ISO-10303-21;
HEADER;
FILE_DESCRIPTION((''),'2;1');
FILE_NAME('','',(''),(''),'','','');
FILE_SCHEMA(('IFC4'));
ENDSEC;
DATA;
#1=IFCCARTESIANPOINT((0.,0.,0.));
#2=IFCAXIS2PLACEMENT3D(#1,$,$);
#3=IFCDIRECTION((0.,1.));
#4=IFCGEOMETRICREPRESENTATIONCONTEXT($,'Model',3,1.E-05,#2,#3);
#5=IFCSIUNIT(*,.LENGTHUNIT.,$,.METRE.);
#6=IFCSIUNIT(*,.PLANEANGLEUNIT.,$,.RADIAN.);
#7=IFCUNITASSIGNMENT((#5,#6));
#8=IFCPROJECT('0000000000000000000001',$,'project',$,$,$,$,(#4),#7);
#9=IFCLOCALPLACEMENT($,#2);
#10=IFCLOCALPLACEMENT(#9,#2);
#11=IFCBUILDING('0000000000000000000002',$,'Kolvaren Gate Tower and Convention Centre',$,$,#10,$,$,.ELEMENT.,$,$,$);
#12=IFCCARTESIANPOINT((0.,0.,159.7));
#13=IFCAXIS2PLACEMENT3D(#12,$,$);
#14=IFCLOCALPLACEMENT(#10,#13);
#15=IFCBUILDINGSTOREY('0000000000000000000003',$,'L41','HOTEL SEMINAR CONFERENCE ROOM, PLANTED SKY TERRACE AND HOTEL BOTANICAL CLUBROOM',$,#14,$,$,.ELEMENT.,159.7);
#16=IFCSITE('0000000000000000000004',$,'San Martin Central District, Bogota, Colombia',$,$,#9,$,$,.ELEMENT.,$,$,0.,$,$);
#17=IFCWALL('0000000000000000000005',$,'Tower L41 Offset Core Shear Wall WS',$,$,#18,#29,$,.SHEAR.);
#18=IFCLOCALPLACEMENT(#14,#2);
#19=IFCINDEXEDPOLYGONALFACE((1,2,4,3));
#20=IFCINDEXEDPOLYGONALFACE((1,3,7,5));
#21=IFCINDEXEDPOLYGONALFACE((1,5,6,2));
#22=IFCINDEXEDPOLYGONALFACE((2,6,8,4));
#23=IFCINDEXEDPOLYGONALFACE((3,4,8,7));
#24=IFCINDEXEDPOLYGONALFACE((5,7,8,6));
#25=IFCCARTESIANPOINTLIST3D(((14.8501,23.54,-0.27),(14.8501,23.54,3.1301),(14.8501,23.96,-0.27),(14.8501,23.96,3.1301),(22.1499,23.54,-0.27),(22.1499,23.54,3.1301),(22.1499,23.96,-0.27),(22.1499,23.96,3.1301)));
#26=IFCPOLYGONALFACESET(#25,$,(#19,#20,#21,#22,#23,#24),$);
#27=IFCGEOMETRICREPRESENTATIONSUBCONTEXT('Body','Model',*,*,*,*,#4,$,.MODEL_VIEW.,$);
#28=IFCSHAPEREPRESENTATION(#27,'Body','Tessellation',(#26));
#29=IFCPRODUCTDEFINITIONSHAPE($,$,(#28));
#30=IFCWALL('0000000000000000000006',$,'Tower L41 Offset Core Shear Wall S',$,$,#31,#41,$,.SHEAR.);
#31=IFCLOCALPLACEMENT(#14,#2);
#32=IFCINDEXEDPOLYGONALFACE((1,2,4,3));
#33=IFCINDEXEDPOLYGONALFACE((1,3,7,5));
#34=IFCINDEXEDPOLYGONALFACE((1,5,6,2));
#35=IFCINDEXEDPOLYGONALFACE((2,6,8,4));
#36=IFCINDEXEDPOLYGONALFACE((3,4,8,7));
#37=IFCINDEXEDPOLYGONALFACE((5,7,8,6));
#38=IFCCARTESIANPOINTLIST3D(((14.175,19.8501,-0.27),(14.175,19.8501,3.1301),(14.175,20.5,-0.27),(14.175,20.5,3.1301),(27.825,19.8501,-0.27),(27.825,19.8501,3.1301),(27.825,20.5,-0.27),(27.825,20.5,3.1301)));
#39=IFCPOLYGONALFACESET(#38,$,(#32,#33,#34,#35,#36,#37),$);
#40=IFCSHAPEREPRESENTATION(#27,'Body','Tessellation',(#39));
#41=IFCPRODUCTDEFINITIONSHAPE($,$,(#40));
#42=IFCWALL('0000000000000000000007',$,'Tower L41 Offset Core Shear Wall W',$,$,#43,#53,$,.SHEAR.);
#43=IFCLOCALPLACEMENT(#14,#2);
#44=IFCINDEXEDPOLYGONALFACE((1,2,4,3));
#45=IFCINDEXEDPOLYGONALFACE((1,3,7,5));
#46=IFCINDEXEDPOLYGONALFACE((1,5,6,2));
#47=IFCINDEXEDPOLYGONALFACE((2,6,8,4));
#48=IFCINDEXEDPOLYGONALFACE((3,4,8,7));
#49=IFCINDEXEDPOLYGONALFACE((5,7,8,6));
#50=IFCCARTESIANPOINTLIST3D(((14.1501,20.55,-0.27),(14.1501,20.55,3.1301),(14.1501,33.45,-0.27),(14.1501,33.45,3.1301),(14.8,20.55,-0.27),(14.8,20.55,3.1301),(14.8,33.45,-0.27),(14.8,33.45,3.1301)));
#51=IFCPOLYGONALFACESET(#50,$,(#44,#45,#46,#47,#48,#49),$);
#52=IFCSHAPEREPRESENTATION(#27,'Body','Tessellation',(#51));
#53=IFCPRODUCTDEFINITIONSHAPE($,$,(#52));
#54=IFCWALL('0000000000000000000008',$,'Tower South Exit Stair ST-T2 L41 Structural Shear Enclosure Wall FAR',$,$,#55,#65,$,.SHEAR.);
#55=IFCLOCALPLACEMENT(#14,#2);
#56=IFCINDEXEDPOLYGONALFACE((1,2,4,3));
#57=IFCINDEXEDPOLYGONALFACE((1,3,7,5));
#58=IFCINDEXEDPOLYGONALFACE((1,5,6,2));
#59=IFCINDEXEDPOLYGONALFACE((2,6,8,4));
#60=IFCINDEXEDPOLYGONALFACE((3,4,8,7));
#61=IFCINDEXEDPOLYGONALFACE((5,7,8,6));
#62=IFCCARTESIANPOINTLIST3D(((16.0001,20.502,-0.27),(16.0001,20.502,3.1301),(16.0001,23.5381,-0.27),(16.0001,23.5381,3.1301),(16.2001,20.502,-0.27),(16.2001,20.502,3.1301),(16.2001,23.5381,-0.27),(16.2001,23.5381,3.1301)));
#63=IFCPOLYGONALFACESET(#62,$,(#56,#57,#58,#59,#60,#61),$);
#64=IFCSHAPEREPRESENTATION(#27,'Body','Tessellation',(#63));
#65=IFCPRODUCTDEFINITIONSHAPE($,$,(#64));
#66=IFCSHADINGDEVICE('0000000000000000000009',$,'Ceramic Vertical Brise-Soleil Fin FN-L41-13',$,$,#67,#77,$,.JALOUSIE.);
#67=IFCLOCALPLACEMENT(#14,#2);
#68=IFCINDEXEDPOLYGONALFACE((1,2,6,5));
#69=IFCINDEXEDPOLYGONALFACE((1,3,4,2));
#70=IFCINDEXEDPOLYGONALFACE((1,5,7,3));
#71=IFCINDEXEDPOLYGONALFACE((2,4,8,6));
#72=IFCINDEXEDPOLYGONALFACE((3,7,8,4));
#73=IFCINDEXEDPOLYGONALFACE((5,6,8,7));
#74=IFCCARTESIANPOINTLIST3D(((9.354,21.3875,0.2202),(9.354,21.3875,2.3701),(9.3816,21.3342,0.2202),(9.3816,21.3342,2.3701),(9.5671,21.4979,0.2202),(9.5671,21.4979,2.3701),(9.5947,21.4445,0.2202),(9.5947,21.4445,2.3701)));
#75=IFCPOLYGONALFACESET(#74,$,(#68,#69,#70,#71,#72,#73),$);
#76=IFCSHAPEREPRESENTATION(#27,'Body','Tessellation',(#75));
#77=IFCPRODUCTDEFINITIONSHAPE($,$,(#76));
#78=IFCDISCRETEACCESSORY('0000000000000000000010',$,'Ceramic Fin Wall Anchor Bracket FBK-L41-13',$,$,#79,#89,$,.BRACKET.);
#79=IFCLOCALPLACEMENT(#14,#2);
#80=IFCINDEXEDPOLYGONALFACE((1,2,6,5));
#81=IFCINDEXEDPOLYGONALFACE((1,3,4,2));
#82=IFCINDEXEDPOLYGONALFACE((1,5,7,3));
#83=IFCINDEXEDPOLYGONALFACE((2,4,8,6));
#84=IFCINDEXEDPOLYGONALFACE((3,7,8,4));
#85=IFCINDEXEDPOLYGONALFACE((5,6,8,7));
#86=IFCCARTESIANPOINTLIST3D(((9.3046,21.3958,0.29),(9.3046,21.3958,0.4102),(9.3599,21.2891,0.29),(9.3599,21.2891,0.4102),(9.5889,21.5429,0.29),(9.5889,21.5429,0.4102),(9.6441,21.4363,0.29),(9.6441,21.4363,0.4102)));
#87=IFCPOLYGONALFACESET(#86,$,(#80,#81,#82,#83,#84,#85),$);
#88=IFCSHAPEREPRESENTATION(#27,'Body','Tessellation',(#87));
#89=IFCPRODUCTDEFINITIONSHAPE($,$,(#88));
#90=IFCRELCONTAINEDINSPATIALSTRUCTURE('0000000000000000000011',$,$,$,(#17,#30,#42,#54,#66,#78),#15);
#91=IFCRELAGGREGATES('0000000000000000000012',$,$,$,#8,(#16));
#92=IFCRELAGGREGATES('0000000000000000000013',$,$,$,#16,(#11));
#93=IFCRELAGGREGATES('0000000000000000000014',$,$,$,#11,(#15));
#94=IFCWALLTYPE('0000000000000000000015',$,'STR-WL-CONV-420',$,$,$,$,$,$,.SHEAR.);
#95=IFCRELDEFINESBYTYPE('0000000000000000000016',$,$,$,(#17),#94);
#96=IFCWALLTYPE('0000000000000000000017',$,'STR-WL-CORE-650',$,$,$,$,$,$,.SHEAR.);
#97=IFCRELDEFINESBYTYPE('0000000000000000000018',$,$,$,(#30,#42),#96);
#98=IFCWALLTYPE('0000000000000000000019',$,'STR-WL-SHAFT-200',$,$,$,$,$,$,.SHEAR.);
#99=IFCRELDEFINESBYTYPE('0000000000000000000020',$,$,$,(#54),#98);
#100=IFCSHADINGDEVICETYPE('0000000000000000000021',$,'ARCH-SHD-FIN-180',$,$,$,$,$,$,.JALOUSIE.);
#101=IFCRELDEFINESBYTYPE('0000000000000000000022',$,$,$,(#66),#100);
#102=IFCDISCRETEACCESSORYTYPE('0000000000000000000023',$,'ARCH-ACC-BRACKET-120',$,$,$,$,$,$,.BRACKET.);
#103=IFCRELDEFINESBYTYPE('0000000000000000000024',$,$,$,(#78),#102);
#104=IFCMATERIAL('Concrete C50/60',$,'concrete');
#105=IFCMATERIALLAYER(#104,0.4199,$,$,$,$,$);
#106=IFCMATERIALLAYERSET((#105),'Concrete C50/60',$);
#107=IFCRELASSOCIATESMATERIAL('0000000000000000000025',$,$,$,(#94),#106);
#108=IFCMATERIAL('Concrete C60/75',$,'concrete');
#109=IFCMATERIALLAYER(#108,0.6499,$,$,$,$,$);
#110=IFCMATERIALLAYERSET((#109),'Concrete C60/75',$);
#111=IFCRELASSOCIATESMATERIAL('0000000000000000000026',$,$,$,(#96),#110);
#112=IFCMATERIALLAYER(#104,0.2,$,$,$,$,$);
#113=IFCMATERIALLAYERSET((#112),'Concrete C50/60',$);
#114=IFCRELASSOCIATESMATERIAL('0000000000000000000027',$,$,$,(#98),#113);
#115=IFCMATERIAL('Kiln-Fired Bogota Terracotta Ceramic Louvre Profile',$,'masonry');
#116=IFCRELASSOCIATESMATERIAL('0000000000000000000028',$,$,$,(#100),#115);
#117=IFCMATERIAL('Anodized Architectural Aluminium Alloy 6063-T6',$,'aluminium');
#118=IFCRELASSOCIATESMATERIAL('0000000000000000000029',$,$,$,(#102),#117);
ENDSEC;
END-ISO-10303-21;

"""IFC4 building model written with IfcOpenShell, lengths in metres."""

from ifc_helpers import new_model, si_unit, direction, frame, frame_2d, origin, origin_2d, place, context, subcontext, project, spatial, rectangle, extrude, material, layer, layer_set, type_object, element, save


model = new_model("IFC4")

# Units and contexts
model_context = context("Model", 3, precision=1e-05, world=origin(), true_north=direction((0.0, 1.0)))
body_context = subcontext(model_context, "Body", "Model", "MODEL_VIEW")
ifc_project = project(units=[si_unit("LENGTHUNIT", "METRE"), si_unit("PLANEANGLEUNIT", "RADIAN")], contexts=[model_context])

# Site, building, storey
site_placement = place(None, origin())
site = spatial("IfcSite", under=ifc_project, at=site_placement, Name="San Martin Central District, Bogota, Colombia", CompositionType="ELEMENT", RefElevation=0.0)
building_placement = place(site_placement, origin())
building = spatial("IfcBuilding", under=site, at=building_placement, Name="Kolvaren Gate Tower and Convention Centre", CompositionType="ELEMENT")
storey_placement = place(building_placement, frame((0.0, 0.0, 159.7)))
storey = spatial("IfcBuildingStorey", under=building, at=storey_placement, Name="L41", Description="HOTEL SEMINAR CONFERENCE ROOM, PLANTED SKY TERRACE AND HOTEL BOTANICAL CLUBROOM", CompositionType="ELEMENT", Elevation=159.7)

# Shared definitions
ifc_material_1 = material(Name="Concrete C60/75", Category="concrete")

# Walls
ifc_material_2 = material(Name="Concrete C50/60", Category="concrete")
ifc_layer_1 = layer(ifc_material_2, 0.4199)
ifc_layer_set_1 = layer_set([ifc_layer_1], Name="Concrete C50/60")
wall_type_1 = type_object("IfcWallType", Name="STR-WL-CONV-420", PredefinedType="SHEAR", material=ifc_layer_set_1)
wall_1_placement = place(storey_placement, frame((14.8501, 23.75, -0.27), z_axis=(0.0, 0.0, 1.0), x_axis=(1.0, 0.0, 0.0)))
element("IfcWall", 1, at=wall_1_placement, inside=storey, type_object=wall_type_1, Name="Tower L41 Offset Core Shear Wall WS", PredefinedType="SHEAR", context=body_context, shape_type="SweptSolid", body=[
    extrude(rectangle(XDim=7.2998, YDim=0.4199, at=frame_2d((3.6499, 0.0))), origin(), (0.0, 0.0, 1.0), 3.4001),
])
ifc_layer_2 = layer(ifc_material_1, 0.6499)
ifc_layer_set_2 = layer_set([ifc_layer_2], Name="Concrete C60/75")
wall_type_2 = type_object("IfcWallType", Name="STR-WL-CORE-650", PredefinedType="SHEAR", material=ifc_layer_set_2)
wall_2_placement = place(storey_placement, frame((14.175, 20.175, -0.27), z_axis=(0.0, 0.0, 1.0), x_axis=(1.0, 0.0, 0.0)))
element("IfcWall", 2, at=wall_2_placement, inside=storey, type_object=wall_type_2, Name="Tower L41 Offset Core Shear Wall S", PredefinedType="SHEAR", context=body_context, shape_type="SweptSolid", body=[
    extrude(rectangle(XDim=13.6499, YDim=0.6499, at=frame_2d((6.825, 0.0))), origin(), (0.0, 0.0, 1.0), 3.4001),
])
wall_3_placement = place(storey_placement, frame((14.4751, 20.55, -0.27), z_axis=(0.0, 0.0, 1.0), x_axis=(0.0, 1.0, 0.0)))
element("IfcWall", 3, at=wall_3_placement, inside=storey, type_object=wall_type_2, Name="Tower L41 Offset Core Shear Wall W", PredefinedType="SHEAR", context=body_context, shape_type="SweptSolid", body=[
    extrude(rectangle(XDim=12.8999, YDim=0.6499, at=frame_2d((6.45, 0.0))), origin(), (0.0, 0.0, 1.0), 3.4001),
])
ifc_layer_3 = layer(ifc_material_2, 0.2)
ifc_layer_set_3 = layer_set([ifc_layer_3], Name="Concrete C50/60")
wall_type_3 = type_object("IfcWallType", Name="STR-WL-SHAFT-200", PredefinedType="SHEAR", material=ifc_layer_set_3)
wall_4_placement = place(storey_placement, frame((16.1001, 20.502, -0.27), z_axis=(0.0, 0.0, 1.0), x_axis=(0.0, 1.0, 0.0)))
element("IfcWall", 4, at=wall_4_placement, inside=storey, type_object=wall_type_3, Name="Tower South Exit Stair ST-T2 L41 Structural Shear Enclosure Wall FAR", PredefinedType="SHEAR", context=body_context, shape_type="SweptSolid", body=[
    extrude(rectangle(XDim=3.0361, YDim=0.2, at=frame_2d((1.5181, 0.0))), origin(), (0.0, 0.0, 1.0), 3.4001),
])

# Shading device
ifc_material_3 = material(Name="Kiln-Fired Bogota Terracotta Ceramic Louvre Profile", Category="masonry")
shading_device_type = type_object("IfcShadingDeviceType", Name="ARCH-SHD-FIN-180", PredefinedType="JALOUSIE", material=ifc_material_3)
shading_device_placement = place(storey_placement, frame((9.4744, 21.416, 0.2202), z_axis=(0.0, 0.0, 1.0), x_axis=(0.459798, -0.888023, 0.0)))
element("IfcShadingDevice", 5, at=shading_device_placement, inside=storey, type_object=shading_device_type, Name="Ceramic Vertical Brise-Soleil Fin FN-L41-13", PredefinedType="JALOUSIE", context=body_context, shape_type="SweptSolid", body=[
    extrude(rectangle(XDim=0.0601, YDim=0.24, at=origin_2d()), origin(), (0.0, 0.0, 1.0), 2.1499),
])

# Discrete accessory
ifc_material_4 = material(Name="Anodized Architectural Aluminium Alloy 6063-T6", Category="aluminium")
discrete_accessory_type = type_object("IfcDiscreteAccessoryType", Name="ARCH-ACC-BRACKET-120", PredefinedType="BRACKET", material=ifc_material_4)
discrete_accessory_placement = place(storey_placement, frame((9.4744, 21.416, 0.29), z_axis=(0.0, 0.0, 1.0), x_axis=(0.459798, -0.888023, 0.0)))
element("IfcDiscreteAccessory", 6, at=discrete_accessory_placement, inside=storey, type_object=discrete_accessory_type, Name="Ceramic Fin Wall Anchor Bracket FBK-L41-13", PredefinedType="BRACKET", context=body_context, shape_type="SweptSolid", body=[
    extrude(rectangle(XDim=0.1201, YDim=0.3201, at=origin_2d()), origin(), (0.0, 0.0, 1.0), 0.1201),
])

save(model, "model.ifc")
